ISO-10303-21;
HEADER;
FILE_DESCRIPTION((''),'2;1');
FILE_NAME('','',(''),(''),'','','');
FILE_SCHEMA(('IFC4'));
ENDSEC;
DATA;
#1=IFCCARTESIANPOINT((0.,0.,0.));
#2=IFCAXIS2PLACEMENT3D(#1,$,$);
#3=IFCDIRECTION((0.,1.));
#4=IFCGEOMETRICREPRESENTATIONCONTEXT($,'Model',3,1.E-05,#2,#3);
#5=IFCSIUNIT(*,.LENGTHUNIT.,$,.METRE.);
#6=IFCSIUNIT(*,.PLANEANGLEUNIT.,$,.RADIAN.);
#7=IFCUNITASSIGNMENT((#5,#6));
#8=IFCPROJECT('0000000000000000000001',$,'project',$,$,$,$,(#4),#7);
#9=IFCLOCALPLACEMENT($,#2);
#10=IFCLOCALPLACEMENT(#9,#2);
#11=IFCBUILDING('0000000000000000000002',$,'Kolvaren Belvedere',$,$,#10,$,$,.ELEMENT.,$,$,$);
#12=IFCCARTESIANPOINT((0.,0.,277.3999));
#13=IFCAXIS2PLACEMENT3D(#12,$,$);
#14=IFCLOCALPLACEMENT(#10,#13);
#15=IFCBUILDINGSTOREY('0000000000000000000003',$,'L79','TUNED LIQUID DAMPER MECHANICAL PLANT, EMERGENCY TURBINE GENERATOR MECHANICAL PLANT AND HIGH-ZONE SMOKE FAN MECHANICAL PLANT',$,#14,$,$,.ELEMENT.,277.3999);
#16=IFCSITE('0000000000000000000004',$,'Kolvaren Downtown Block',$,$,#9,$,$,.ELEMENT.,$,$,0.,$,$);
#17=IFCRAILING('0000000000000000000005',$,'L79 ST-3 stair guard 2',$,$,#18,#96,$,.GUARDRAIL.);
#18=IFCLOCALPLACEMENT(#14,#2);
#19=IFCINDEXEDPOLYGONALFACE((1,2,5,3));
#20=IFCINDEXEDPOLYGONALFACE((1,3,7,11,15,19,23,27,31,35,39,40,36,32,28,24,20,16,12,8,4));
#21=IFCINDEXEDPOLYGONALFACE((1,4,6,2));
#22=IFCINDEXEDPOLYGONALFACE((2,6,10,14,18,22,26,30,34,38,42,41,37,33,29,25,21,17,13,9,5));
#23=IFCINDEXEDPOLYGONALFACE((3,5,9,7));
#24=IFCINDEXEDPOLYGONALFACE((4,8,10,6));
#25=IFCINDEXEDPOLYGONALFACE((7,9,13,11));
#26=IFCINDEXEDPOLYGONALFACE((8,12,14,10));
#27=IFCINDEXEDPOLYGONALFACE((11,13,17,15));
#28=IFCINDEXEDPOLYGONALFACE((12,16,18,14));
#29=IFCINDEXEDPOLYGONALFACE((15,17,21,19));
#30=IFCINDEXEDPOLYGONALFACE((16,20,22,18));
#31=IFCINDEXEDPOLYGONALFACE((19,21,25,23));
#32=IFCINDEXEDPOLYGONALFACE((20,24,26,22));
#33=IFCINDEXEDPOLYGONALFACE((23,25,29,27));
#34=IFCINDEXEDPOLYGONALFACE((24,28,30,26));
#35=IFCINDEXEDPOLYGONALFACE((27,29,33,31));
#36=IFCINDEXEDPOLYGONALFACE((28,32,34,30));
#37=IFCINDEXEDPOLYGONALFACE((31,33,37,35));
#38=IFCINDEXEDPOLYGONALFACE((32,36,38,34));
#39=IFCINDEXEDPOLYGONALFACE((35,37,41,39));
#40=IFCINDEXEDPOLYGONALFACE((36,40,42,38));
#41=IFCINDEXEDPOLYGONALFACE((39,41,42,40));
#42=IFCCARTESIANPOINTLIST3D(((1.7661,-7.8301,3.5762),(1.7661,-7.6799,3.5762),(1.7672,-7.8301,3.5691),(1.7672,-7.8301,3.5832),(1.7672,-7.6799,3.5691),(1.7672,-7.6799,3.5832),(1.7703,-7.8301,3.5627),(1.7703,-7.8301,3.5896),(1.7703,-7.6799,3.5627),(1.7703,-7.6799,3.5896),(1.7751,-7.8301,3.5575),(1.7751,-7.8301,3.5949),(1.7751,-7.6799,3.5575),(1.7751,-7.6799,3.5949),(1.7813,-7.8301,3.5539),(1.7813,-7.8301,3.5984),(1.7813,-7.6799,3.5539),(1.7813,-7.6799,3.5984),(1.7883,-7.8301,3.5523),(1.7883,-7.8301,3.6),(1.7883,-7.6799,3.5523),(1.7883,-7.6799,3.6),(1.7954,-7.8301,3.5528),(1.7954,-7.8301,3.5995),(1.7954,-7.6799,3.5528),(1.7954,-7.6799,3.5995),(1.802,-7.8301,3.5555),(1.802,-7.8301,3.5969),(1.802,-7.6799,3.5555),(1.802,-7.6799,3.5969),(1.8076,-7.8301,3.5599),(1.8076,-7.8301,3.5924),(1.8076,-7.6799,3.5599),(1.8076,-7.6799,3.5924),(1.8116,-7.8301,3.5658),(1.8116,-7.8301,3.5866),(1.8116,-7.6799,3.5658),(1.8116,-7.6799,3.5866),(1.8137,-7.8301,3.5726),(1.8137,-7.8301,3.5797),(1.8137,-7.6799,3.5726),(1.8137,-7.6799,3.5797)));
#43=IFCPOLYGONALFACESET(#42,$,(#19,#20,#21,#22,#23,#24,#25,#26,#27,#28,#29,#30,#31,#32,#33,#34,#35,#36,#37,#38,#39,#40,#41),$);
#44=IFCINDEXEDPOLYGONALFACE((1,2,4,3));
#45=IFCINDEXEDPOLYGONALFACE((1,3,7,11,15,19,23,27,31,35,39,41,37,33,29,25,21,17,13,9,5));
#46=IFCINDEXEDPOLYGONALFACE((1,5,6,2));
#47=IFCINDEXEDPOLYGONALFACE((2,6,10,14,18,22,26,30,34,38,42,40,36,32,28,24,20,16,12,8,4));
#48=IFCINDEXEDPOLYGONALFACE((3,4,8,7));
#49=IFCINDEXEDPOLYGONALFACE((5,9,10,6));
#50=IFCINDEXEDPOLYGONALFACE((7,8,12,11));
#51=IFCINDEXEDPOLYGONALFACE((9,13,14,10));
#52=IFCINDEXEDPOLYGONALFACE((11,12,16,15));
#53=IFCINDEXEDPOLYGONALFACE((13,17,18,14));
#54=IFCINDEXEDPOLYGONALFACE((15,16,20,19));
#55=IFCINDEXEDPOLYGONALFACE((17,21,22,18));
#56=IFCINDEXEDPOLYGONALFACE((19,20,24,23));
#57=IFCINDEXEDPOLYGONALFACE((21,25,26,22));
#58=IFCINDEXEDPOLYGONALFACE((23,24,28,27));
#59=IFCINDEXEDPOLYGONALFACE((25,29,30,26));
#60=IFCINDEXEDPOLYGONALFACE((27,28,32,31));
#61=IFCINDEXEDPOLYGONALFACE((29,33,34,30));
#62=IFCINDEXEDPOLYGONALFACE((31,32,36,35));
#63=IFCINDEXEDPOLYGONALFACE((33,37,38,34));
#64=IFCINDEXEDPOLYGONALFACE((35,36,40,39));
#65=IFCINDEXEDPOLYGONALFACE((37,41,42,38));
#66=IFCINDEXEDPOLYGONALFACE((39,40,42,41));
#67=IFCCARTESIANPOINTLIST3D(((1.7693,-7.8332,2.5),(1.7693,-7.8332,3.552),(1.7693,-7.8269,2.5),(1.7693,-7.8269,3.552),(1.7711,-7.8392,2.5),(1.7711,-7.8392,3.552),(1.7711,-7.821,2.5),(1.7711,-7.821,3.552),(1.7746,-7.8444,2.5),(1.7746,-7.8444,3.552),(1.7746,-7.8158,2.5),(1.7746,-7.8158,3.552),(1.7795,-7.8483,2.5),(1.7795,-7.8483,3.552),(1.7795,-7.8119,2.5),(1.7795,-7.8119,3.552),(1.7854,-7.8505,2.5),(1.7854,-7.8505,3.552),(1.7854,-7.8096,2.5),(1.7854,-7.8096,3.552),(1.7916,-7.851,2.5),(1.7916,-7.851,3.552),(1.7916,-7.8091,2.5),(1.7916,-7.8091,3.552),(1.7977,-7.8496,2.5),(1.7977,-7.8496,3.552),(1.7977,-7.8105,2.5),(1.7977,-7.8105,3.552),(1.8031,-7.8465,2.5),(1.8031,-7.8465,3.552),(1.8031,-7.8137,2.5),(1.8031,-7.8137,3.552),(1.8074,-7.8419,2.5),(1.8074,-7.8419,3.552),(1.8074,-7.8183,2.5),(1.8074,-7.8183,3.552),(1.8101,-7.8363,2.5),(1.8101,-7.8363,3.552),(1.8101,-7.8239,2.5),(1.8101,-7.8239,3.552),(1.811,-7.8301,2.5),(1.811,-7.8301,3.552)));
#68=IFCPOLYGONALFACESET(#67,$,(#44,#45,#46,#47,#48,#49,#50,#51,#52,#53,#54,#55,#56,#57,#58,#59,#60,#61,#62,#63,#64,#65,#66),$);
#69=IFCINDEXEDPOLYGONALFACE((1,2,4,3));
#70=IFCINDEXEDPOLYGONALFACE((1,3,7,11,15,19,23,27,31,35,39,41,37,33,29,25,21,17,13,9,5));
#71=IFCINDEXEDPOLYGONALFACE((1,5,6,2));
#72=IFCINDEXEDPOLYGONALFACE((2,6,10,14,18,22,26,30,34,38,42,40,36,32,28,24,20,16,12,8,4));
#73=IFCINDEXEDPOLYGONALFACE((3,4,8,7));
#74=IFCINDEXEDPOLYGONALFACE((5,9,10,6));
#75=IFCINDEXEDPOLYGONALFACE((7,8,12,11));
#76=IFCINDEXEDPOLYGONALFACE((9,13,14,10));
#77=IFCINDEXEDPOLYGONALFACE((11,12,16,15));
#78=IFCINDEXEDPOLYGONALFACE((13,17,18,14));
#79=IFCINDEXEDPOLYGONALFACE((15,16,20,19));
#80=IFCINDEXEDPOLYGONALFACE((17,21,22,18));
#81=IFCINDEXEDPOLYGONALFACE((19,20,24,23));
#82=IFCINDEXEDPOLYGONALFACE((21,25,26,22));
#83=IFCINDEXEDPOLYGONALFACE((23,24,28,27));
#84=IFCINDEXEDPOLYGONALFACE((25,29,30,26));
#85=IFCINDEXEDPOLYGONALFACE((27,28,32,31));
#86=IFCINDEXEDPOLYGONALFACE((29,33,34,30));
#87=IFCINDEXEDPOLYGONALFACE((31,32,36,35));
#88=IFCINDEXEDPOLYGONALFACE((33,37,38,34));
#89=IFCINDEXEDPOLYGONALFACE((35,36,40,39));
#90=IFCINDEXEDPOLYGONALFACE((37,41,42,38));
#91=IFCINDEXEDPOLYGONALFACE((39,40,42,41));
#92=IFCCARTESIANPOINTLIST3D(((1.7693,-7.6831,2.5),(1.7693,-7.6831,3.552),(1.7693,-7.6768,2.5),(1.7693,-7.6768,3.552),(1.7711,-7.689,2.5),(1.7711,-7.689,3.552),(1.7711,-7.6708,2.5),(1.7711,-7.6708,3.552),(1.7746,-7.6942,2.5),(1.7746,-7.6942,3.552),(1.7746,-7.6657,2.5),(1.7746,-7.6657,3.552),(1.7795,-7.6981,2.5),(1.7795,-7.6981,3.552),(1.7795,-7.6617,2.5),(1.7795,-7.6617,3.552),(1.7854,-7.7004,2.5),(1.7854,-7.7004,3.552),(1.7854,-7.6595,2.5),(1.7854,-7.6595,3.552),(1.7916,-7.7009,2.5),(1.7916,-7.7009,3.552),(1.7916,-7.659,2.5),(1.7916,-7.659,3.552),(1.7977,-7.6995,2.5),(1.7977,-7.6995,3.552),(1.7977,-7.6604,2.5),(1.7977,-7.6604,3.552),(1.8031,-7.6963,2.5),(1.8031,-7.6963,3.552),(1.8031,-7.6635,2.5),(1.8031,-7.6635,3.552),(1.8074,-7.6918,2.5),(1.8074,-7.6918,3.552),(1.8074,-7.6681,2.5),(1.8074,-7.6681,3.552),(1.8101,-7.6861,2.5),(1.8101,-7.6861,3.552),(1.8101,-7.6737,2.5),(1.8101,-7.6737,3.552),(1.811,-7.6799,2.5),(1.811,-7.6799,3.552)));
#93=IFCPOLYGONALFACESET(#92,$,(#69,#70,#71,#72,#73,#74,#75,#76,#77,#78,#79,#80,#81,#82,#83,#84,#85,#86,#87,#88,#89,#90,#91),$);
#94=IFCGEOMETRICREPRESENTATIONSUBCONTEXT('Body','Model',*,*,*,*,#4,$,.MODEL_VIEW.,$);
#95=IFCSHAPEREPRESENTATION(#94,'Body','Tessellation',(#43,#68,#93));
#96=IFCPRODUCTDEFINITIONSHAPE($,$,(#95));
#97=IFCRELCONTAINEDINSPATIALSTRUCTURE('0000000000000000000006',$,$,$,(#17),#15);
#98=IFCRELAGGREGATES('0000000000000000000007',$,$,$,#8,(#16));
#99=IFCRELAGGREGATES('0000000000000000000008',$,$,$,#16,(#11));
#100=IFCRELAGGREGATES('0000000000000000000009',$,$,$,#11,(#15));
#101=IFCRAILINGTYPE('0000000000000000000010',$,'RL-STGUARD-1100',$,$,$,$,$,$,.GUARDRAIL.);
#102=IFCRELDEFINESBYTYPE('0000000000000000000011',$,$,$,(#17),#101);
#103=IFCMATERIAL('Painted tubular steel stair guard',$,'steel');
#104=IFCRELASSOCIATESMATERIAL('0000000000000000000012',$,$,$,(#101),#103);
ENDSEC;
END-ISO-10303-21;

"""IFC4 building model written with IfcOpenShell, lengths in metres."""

from ifc_helpers import new_model, si_unit, direction, frame, origin, origin_2d, place, context, subcontext, project, spatial, circle, extrude, material, type_object, element, save


model = new_model("IFC4")

# Units and contexts
model_context = context("Model", 3, precision=1e-05, world=origin(), true_north=direction((0.0, 1.0)))
body_context = subcontext(model_context, "Body", "Model", "MODEL_VIEW")
ifc_project = project(units=[si_unit("LENGTHUNIT", "METRE"), si_unit("PLANEANGLEUNIT", "RADIAN")], contexts=[model_context])

# Site, building, storey
site_placement = place(None, origin())
site = spatial("IfcSite", under=ifc_project, at=site_placement, Name="Kolvaren Downtown Block", CompositionType="ELEMENT", RefElevation=0.0)
building_placement = place(site_placement, origin())
building = spatial("IfcBuilding", under=site, at=building_placement, Name="Kolvaren Belvedere", CompositionType="ELEMENT")
storey_placement = place(building_placement, frame((0.0, 0.0, 277.3999)))
storey = spatial("IfcBuildingStorey", under=building, at=storey_placement, Name="L79", Description="TUNED LIQUID DAMPER MECHANICAL PLANT, EMERGENCY TURBINE GENERATOR MECHANICAL PLANT AND HIGH-ZONE SMOKE FAN MECHANICAL PLANT", CompositionType="ELEMENT", Elevation=277.3999)

# Railing
ifc_material_1 = material(Name="Painted tubular steel stair guard", Category="steel")
railing_type_1 = type_object("IfcRailingType", Name="RL-STGUARD-1100", PredefinedType="GUARDRAIL", material=ifc_material_1)
railing_1_placement = place(storey_placement, frame((1.79, -7.8301, 2.5)))
element("IfcRailing", 1, at=railing_1_placement, inside=storey, type_object=railing_type_1, Name="L79 ST-3 stair guard 2", PredefinedType="GUARDRAIL", context=body_context, shape_type="SweptSolid", body=[
    extrude(circle(Radius=0.0239, at=origin_2d()), frame((0.0, 0.0, 1.0762), z_axis=(0.0, 1.0, 0.0), x_axis=(-1.0, 0.0, 0.0)), (0.0, 0.0, 1.0), 0.1501),
    extrude(circle(Radius=0.021, at=origin_2d()), origin(), (0.0, 0.0, 1.0), 1.052),
    extrude(circle(Radius=0.021, at=origin_2d()), frame((0.0, 0.1501, 0.0)), (0.0, 0.0, 1.0), 1.052),
])

save(model, "model.ifc")
